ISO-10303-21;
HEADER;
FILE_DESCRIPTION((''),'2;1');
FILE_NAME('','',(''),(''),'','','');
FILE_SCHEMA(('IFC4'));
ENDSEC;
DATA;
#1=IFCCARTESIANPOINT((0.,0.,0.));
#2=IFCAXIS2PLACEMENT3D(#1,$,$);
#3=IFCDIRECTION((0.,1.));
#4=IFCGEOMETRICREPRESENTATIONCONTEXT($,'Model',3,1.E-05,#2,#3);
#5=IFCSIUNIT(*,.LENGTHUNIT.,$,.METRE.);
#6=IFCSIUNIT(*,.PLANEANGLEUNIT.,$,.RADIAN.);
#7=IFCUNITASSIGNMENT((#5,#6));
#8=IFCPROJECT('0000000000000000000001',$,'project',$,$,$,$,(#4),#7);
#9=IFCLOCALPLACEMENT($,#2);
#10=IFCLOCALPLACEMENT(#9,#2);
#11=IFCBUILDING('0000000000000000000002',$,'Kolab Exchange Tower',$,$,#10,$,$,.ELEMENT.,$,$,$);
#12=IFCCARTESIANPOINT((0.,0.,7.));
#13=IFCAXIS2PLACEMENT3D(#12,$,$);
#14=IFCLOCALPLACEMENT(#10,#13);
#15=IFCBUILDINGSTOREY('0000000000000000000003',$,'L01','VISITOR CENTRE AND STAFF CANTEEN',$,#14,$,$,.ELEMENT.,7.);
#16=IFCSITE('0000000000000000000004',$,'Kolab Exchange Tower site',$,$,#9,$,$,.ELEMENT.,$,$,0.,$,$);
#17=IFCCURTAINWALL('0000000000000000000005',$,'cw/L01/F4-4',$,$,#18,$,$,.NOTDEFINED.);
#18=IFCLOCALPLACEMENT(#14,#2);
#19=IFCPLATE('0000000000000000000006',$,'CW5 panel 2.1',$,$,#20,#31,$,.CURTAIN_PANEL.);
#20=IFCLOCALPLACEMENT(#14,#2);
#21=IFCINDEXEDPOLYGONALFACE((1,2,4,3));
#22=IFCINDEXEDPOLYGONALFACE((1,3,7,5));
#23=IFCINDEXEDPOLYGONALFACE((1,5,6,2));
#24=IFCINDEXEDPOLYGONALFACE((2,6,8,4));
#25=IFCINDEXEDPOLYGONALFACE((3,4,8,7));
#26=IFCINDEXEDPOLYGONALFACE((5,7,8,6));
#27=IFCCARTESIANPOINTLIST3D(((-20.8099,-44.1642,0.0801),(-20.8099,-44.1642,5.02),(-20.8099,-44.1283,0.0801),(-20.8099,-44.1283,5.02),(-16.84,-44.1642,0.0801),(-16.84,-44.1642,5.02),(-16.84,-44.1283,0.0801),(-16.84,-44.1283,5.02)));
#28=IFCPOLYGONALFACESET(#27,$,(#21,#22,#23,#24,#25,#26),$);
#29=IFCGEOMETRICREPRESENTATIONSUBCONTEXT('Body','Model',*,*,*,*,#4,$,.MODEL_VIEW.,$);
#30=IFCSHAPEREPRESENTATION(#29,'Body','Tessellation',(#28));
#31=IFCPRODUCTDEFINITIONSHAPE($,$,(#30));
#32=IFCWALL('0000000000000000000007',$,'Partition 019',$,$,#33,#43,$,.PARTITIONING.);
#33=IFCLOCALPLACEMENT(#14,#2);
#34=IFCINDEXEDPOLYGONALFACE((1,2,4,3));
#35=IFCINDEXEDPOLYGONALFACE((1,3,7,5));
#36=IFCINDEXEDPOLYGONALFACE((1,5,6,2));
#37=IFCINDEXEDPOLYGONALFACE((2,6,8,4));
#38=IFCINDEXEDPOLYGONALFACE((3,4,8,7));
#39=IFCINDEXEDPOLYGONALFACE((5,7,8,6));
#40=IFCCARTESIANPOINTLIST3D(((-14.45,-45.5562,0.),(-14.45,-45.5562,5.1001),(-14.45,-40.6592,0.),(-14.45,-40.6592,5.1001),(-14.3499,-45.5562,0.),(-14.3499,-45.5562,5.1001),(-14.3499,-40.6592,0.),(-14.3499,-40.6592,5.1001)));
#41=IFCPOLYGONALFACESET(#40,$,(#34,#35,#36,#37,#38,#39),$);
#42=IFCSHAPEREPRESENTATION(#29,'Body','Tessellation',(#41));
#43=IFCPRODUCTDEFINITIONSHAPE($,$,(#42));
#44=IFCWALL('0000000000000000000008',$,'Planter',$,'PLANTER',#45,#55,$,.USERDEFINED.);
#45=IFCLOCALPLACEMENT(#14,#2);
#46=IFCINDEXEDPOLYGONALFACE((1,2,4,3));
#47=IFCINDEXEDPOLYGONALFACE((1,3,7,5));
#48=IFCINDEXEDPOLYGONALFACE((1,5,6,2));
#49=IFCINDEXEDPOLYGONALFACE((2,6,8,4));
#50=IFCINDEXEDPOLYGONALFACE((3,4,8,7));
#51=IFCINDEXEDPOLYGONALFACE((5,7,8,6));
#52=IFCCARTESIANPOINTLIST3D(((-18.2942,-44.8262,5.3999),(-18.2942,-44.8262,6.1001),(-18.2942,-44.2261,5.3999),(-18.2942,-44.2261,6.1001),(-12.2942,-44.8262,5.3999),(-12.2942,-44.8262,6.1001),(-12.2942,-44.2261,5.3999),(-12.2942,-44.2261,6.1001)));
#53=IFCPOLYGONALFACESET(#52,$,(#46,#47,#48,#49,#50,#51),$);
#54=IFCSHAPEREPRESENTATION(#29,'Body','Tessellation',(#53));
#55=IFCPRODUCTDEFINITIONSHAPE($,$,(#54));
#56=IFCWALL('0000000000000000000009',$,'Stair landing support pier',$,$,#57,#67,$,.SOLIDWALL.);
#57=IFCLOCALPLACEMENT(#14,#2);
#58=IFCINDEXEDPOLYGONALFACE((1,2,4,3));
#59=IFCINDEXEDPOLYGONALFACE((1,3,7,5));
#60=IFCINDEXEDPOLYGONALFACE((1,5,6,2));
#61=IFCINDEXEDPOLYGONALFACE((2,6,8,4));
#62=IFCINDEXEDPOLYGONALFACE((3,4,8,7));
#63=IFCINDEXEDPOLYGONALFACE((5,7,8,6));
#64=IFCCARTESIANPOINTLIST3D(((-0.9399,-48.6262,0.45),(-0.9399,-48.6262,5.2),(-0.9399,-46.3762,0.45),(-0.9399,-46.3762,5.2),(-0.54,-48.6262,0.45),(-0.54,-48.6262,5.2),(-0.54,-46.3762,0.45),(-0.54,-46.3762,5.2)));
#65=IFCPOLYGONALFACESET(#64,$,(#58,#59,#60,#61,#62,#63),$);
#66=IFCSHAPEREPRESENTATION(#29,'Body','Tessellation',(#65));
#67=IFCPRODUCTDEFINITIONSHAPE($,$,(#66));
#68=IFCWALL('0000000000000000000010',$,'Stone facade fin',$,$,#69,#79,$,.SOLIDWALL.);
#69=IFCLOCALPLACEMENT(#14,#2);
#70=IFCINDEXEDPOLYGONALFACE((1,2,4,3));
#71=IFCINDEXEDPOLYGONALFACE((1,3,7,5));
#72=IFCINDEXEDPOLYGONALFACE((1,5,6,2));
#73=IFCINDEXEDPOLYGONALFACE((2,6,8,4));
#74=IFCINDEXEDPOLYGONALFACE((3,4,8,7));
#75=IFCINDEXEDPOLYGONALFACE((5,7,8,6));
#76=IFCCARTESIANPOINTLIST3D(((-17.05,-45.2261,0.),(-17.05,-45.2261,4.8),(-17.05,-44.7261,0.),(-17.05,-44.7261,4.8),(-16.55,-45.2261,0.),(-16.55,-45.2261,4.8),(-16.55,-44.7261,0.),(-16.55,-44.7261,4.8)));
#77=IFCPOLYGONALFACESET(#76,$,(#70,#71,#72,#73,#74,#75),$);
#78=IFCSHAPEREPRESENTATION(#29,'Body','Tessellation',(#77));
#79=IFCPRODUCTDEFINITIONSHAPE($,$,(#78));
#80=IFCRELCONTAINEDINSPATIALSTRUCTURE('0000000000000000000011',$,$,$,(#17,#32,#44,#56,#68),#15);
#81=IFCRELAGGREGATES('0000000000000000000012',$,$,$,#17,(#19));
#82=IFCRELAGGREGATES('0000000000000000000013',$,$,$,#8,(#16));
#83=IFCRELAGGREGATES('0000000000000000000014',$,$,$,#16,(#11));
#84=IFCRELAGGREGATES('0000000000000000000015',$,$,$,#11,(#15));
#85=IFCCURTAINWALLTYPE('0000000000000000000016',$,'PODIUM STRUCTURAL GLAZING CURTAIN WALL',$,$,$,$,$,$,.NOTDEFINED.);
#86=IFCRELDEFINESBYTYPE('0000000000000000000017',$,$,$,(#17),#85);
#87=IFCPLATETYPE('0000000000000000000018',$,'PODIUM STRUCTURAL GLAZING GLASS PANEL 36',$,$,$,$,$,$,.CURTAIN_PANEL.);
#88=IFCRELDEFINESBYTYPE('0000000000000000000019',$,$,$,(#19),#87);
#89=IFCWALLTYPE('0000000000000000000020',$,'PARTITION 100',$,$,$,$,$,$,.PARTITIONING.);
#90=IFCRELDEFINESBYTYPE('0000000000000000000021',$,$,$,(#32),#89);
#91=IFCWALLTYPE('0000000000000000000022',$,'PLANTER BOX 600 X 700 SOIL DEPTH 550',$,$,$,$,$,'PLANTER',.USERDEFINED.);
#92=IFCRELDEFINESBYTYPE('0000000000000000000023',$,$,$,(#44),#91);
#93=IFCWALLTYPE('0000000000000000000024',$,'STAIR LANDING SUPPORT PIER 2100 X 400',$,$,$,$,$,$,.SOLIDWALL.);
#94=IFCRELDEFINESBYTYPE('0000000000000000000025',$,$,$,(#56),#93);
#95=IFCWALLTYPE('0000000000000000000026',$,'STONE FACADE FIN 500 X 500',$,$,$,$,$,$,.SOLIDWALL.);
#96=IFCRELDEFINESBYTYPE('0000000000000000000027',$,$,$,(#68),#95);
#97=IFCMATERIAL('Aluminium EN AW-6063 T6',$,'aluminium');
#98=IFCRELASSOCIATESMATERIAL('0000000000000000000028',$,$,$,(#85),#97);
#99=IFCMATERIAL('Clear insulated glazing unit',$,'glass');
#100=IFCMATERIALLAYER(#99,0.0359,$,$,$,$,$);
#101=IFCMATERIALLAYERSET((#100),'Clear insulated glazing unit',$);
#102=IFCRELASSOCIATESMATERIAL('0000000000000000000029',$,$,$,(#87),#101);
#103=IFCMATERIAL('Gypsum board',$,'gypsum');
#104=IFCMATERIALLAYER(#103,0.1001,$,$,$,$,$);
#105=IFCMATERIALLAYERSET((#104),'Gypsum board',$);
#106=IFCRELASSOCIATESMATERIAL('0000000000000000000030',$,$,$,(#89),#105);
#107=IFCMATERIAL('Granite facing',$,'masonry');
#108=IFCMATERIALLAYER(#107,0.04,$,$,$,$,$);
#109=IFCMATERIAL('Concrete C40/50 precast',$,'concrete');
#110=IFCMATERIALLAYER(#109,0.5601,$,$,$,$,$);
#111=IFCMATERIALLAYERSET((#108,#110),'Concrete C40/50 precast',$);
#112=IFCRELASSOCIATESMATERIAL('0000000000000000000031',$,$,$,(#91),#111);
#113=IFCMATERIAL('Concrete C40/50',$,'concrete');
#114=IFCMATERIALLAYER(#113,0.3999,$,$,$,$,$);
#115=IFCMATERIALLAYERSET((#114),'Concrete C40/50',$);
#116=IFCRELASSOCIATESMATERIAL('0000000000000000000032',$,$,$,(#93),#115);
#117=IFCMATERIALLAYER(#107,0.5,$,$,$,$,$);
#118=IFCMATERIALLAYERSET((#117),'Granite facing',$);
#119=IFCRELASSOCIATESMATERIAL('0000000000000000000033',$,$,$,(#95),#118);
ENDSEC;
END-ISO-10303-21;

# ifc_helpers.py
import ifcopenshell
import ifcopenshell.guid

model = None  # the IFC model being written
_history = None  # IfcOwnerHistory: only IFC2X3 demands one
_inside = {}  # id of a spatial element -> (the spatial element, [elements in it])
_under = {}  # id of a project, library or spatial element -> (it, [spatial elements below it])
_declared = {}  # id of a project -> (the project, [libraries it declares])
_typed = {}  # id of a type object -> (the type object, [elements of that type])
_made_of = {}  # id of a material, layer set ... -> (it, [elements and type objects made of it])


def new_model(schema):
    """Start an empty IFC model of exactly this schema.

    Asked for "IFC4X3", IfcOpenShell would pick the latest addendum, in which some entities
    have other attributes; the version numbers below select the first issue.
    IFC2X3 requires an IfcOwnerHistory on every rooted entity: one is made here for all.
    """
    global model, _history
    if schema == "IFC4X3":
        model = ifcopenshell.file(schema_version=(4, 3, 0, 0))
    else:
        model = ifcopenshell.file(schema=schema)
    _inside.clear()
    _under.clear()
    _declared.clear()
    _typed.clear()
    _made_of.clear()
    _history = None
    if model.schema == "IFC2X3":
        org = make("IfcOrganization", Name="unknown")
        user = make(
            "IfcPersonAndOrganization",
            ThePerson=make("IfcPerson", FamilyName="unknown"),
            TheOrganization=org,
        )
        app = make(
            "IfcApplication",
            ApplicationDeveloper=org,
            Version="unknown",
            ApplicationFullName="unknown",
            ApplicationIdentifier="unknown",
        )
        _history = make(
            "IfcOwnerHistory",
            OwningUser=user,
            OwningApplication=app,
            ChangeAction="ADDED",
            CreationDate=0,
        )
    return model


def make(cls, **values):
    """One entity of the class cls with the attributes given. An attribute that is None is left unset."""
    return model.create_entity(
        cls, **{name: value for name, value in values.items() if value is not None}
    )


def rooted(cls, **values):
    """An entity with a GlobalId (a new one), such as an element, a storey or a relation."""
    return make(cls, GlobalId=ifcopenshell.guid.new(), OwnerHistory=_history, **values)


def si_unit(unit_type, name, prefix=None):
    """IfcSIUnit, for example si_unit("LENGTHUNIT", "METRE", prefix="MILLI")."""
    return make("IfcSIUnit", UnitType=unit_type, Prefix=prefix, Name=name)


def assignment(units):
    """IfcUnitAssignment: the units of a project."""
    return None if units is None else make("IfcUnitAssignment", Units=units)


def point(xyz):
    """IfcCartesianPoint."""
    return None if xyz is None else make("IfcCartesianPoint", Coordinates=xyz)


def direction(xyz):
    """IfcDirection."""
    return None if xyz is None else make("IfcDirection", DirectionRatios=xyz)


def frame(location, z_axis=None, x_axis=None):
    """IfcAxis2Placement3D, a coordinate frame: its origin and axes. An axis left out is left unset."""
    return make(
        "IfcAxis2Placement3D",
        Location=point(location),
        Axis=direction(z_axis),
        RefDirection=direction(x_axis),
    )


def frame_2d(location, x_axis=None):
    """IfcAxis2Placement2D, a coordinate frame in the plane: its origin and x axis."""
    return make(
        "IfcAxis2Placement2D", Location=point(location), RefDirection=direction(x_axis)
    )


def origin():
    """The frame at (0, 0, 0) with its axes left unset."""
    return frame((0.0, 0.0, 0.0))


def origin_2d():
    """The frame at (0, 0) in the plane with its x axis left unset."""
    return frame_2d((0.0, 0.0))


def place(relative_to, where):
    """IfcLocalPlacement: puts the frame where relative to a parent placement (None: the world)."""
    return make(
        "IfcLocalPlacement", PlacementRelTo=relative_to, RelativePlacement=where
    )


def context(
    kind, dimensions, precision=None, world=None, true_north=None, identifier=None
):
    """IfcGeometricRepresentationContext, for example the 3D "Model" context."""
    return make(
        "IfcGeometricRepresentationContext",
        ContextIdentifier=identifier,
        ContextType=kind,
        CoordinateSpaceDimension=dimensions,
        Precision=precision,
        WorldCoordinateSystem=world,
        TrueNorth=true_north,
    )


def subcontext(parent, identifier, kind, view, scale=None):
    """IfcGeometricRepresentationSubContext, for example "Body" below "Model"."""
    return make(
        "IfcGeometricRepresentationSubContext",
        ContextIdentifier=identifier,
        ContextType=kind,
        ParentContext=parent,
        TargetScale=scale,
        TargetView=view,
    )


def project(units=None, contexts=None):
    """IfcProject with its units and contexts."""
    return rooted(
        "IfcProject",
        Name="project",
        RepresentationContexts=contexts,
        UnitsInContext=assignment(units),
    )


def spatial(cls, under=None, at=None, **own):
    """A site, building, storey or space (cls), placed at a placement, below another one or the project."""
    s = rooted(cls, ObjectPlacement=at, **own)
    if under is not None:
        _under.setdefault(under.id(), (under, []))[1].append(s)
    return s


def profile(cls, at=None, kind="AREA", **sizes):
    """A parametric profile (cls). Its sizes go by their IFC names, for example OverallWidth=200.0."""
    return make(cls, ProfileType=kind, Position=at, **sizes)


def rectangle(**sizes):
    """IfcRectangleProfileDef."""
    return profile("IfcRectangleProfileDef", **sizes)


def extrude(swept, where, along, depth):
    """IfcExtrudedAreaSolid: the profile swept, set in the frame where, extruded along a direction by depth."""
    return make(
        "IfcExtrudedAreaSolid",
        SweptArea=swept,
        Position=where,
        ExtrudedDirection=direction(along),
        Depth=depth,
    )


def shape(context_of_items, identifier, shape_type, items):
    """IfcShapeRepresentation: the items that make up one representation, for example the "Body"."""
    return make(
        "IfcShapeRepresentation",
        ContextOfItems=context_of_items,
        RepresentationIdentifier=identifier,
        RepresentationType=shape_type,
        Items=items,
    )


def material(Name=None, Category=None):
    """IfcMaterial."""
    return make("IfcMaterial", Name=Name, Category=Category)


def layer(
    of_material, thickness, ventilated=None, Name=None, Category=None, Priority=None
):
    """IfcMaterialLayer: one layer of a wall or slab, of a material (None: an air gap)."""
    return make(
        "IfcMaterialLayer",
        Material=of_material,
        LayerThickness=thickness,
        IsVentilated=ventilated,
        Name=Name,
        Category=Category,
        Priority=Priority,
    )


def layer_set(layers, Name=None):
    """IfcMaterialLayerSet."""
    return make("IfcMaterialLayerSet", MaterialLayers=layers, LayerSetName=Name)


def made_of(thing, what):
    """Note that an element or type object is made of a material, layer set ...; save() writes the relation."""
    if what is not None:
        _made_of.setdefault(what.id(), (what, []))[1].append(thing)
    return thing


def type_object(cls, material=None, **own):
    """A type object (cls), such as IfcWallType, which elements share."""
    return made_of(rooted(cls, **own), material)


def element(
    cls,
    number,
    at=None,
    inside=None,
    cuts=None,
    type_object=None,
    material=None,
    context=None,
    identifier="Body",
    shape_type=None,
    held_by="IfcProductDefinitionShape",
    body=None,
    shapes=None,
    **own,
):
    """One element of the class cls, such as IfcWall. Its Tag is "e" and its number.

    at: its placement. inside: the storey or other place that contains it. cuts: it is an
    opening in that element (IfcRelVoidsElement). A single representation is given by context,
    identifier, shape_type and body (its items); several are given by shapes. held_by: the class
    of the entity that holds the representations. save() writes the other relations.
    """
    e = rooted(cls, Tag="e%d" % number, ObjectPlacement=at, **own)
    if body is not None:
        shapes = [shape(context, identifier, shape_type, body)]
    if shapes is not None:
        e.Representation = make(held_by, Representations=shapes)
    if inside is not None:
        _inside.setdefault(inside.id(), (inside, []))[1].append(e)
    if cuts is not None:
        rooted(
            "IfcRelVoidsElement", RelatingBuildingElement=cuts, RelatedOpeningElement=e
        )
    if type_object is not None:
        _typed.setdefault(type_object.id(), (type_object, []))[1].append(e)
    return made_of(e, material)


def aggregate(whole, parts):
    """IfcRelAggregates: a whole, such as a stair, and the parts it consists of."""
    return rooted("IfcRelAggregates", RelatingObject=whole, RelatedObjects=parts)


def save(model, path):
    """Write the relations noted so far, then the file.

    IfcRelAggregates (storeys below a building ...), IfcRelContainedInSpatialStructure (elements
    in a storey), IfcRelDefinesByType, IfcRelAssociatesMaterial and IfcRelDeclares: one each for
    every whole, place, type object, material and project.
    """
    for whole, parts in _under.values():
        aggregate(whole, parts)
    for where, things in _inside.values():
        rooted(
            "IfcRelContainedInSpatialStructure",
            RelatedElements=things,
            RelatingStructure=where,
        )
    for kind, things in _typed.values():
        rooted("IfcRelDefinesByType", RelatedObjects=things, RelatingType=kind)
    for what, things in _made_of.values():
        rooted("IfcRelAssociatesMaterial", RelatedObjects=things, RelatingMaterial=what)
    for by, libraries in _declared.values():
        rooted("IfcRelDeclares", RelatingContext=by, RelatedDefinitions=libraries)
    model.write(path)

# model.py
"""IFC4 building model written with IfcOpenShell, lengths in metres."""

from ifc_helpers import new_model, si_unit, direction, frame, frame_2d, origin, origin_2d, place, context, subcontext, project, spatial, rectangle, extrude, material, layer, layer_set, type_object, element, aggregate, save


model = new_model("IFC4")

# Units and contexts
model_context = context("Model", 3, precision=1e-05, world=origin(), true_north=direction((0.0, 1.0)))
body_context = subcontext(model_context, "Body", "Model", "MODEL_VIEW")
ifc_project = project(units=[si_unit("LENGTHUNIT", "METRE"), si_unit("PLANEANGLEUNIT", "RADIAN")], contexts=[model_context])

# Site, building, storey
site_placement = place(None, origin())
site = spatial("IfcSite", under=ifc_project, at=site_placement, Name="Kolab Exchange Tower site", CompositionType="ELEMENT", RefElevation=0.0)
building_placement = place(site_placement, origin())
building = spatial("IfcBuilding", under=site, at=building_placement, Name="Kolab Exchange Tower", CompositionType="ELEMENT")
storey_placement = place(building_placement, frame((0.0, 0.0, 7.0)))
storey = spatial("IfcBuildingStorey", under=building, at=storey_placement, Name="L01", Description="VISITOR CENTRE AND STAFF CANTEEN", CompositionType="ELEMENT", Elevation=7.0)

# Curtain wall
ifc_material_1 = material(Name="Aluminium EN AW-6063 T6", Category="aluminium")
curtain_wall_type = type_object("IfcCurtainWallType", Name="PODIUM STRUCTURAL GLAZING CURTAIN WALL", PredefinedType="NOTDEFINED", material=ifc_material_1)
curtain_wall_1_placement = place(storey_placement, origin())
curtain_wall_1 = element("IfcCurtainWall", 1, at=curtain_wall_1_placement, inside=storey, type_object=curtain_wall_type, Name="cw/L01/F4-4", PredefinedType="NOTDEFINED")

# Plate
ifc_material_2 = material(Name="Clear insulated glazing unit", Category="glass")
ifc_layer_1 = layer(ifc_material_2, 0.0359)
ifc_layer_set_1 = layer_set([ifc_layer_1], Name="Clear insulated glazing unit")
plate_type = type_object("IfcPlateType", Name="PODIUM STRUCTURAL GLAZING GLASS PANEL 36", PredefinedType="CURTAIN_PANEL", material=ifc_layer_set_1)
plate_1_placement = place(storey_placement, frame((-18.825, -44.1462, 0.0801), z_axis=(0.0, 0.0, 1.0), x_axis=(-1.0, 0.0, 0.0)))
plate_1 = element("IfcPlate", 2, at=plate_1_placement, type_object=plate_type, Name="CW5 panel 2.1", PredefinedType="CURTAIN_PANEL", context=body_context, shape_type="SweptSolid", body=[
    extrude(rectangle(XDim=3.97, YDim=0.0359, at=origin_2d()), origin(), (0.0, 0.0, 1.0), 4.9399),
])
aggregate(curtain_wall_1, [plate_1])

# Walls
ifc_material_3 = material(Name="Gypsum board", Category="gypsum")
ifc_layer_2 = layer(ifc_material_3, 0.1001)
ifc_layer_set_2 = layer_set([ifc_layer_2], Name="Gypsum board")
wall_type_1 = type_object("IfcWallType", Name="PARTITION 100", PredefinedType="PARTITIONING", material=ifc_layer_set_2)
wall_1_placement = place(storey_placement, frame((-14.3999, -45.5562, 0.0), z_axis=(0.0, 0.0, 1.0), x_axis=(0.0, 1.0, 0.0)))
element("IfcWall", 3, at=wall_1_placement, inside=storey, type_object=wall_type_1, Name="Partition 019", PredefinedType="PARTITIONING", context=body_context, shape_type="SweptSolid", body=[
    extrude(rectangle(XDim=4.897, YDim=0.1001, at=frame_2d((2.4485, 0.0))), origin(), (0.0, 0.0, 1.0), 5.1001),
])
ifc_material_4 = material(Name="Granite facing", Category="masonry")
ifc_layer_3 = layer(ifc_material_4, 0.04)
ifc_material_5 = material(Name="Concrete C40/50 precast", Category="concrete")
ifc_layer_4 = layer(ifc_material_5, 0.5601)
ifc_layer_set_3 = layer_set([ifc_layer_3, ifc_layer_4], Name="Concrete C40/50 precast")
wall_type_2 = type_object("IfcWallType", Name="PLANTER BOX 600 X 700 SOIL DEPTH 550", ElementType="PLANTER", PredefinedType="USERDEFINED", material=ifc_layer_set_3)
wall_2_placement = place(storey_placement, frame((-12.2942, -44.5261, 5.3999), z_axis=(0.0, 0.0, 1.0), x_axis=(-1.0, 0.0, 0.0)))
element("IfcWall", 4, at=wall_2_placement, inside=storey, type_object=wall_type_2, Name="Planter", ObjectType="PLANTER", PredefinedType="USERDEFINED", context=body_context, shape_type="SweptSolid", body=[
    extrude(rectangle(XDim=6.0, YDim=0.6001, at=frame_2d((3.0, 0.0))), origin(), (0.0, 0.0, 1.0), 0.7002),
])
ifc_material_6 = material(Name="Concrete C40/50", Category="concrete")
ifc_layer_5 = layer(ifc_material_6, 0.3999)
ifc_layer_set_4 = layer_set([ifc_layer_5], Name="Concrete C40/50")
wall_type_3 = type_object("IfcWallType", Name="STAIR LANDING SUPPORT PIER 2100 X 400", PredefinedType="SOLIDWALL", material=ifc_layer_set_4)
wall_3_placement = place(storey_placement, frame((-0.74, -46.3762, 0.45), z_axis=(0.0, 0.0, 1.0), x_axis=(0.0, -1.0, 0.0)))
element("IfcWall", 5, at=wall_3_placement, inside=storey, type_object=wall_type_3, Name="Stair landing support pier", PredefinedType="SOLIDWALL", context=body_context, shape_type="SweptSolid", body=[
    extrude(rectangle(XDim=2.25, YDim=0.3999, at=frame_2d((1.125, 0.0))), origin(), (0.0, 0.0, 1.0), 4.75),
])
ifc_layer_6 = layer(ifc_material_4, 0.5)
ifc_layer_set_5 = layer_set([ifc_layer_6], Name="Granite facing")
wall_type_4 = type_object("IfcWallType", Name="STONE FACADE FIN 500 X 500", PredefinedType="SOLIDWALL", material=ifc_layer_set_5)
wall_4_placement = place(storey_placement, frame((-16.55, -44.9761, 0.0), z_axis=(0.0, 0.0, 1.0), x_axis=(-1.0, 0.0, 0.0)))
element("IfcWall", 6, at=wall_4_placement, inside=storey, type_object=wall_type_4, Name="Stone facade fin", PredefinedType="SOLIDWALL", context=body_context, shape_type="SweptSolid", body=[
    extrude(rectangle(XDim=0.5, YDim=0.5, at=frame_2d((0.25, 0.0))), origin(), (0.0, 0.0, 1.0), 4.8),
])

save(model, "model.ifc")
